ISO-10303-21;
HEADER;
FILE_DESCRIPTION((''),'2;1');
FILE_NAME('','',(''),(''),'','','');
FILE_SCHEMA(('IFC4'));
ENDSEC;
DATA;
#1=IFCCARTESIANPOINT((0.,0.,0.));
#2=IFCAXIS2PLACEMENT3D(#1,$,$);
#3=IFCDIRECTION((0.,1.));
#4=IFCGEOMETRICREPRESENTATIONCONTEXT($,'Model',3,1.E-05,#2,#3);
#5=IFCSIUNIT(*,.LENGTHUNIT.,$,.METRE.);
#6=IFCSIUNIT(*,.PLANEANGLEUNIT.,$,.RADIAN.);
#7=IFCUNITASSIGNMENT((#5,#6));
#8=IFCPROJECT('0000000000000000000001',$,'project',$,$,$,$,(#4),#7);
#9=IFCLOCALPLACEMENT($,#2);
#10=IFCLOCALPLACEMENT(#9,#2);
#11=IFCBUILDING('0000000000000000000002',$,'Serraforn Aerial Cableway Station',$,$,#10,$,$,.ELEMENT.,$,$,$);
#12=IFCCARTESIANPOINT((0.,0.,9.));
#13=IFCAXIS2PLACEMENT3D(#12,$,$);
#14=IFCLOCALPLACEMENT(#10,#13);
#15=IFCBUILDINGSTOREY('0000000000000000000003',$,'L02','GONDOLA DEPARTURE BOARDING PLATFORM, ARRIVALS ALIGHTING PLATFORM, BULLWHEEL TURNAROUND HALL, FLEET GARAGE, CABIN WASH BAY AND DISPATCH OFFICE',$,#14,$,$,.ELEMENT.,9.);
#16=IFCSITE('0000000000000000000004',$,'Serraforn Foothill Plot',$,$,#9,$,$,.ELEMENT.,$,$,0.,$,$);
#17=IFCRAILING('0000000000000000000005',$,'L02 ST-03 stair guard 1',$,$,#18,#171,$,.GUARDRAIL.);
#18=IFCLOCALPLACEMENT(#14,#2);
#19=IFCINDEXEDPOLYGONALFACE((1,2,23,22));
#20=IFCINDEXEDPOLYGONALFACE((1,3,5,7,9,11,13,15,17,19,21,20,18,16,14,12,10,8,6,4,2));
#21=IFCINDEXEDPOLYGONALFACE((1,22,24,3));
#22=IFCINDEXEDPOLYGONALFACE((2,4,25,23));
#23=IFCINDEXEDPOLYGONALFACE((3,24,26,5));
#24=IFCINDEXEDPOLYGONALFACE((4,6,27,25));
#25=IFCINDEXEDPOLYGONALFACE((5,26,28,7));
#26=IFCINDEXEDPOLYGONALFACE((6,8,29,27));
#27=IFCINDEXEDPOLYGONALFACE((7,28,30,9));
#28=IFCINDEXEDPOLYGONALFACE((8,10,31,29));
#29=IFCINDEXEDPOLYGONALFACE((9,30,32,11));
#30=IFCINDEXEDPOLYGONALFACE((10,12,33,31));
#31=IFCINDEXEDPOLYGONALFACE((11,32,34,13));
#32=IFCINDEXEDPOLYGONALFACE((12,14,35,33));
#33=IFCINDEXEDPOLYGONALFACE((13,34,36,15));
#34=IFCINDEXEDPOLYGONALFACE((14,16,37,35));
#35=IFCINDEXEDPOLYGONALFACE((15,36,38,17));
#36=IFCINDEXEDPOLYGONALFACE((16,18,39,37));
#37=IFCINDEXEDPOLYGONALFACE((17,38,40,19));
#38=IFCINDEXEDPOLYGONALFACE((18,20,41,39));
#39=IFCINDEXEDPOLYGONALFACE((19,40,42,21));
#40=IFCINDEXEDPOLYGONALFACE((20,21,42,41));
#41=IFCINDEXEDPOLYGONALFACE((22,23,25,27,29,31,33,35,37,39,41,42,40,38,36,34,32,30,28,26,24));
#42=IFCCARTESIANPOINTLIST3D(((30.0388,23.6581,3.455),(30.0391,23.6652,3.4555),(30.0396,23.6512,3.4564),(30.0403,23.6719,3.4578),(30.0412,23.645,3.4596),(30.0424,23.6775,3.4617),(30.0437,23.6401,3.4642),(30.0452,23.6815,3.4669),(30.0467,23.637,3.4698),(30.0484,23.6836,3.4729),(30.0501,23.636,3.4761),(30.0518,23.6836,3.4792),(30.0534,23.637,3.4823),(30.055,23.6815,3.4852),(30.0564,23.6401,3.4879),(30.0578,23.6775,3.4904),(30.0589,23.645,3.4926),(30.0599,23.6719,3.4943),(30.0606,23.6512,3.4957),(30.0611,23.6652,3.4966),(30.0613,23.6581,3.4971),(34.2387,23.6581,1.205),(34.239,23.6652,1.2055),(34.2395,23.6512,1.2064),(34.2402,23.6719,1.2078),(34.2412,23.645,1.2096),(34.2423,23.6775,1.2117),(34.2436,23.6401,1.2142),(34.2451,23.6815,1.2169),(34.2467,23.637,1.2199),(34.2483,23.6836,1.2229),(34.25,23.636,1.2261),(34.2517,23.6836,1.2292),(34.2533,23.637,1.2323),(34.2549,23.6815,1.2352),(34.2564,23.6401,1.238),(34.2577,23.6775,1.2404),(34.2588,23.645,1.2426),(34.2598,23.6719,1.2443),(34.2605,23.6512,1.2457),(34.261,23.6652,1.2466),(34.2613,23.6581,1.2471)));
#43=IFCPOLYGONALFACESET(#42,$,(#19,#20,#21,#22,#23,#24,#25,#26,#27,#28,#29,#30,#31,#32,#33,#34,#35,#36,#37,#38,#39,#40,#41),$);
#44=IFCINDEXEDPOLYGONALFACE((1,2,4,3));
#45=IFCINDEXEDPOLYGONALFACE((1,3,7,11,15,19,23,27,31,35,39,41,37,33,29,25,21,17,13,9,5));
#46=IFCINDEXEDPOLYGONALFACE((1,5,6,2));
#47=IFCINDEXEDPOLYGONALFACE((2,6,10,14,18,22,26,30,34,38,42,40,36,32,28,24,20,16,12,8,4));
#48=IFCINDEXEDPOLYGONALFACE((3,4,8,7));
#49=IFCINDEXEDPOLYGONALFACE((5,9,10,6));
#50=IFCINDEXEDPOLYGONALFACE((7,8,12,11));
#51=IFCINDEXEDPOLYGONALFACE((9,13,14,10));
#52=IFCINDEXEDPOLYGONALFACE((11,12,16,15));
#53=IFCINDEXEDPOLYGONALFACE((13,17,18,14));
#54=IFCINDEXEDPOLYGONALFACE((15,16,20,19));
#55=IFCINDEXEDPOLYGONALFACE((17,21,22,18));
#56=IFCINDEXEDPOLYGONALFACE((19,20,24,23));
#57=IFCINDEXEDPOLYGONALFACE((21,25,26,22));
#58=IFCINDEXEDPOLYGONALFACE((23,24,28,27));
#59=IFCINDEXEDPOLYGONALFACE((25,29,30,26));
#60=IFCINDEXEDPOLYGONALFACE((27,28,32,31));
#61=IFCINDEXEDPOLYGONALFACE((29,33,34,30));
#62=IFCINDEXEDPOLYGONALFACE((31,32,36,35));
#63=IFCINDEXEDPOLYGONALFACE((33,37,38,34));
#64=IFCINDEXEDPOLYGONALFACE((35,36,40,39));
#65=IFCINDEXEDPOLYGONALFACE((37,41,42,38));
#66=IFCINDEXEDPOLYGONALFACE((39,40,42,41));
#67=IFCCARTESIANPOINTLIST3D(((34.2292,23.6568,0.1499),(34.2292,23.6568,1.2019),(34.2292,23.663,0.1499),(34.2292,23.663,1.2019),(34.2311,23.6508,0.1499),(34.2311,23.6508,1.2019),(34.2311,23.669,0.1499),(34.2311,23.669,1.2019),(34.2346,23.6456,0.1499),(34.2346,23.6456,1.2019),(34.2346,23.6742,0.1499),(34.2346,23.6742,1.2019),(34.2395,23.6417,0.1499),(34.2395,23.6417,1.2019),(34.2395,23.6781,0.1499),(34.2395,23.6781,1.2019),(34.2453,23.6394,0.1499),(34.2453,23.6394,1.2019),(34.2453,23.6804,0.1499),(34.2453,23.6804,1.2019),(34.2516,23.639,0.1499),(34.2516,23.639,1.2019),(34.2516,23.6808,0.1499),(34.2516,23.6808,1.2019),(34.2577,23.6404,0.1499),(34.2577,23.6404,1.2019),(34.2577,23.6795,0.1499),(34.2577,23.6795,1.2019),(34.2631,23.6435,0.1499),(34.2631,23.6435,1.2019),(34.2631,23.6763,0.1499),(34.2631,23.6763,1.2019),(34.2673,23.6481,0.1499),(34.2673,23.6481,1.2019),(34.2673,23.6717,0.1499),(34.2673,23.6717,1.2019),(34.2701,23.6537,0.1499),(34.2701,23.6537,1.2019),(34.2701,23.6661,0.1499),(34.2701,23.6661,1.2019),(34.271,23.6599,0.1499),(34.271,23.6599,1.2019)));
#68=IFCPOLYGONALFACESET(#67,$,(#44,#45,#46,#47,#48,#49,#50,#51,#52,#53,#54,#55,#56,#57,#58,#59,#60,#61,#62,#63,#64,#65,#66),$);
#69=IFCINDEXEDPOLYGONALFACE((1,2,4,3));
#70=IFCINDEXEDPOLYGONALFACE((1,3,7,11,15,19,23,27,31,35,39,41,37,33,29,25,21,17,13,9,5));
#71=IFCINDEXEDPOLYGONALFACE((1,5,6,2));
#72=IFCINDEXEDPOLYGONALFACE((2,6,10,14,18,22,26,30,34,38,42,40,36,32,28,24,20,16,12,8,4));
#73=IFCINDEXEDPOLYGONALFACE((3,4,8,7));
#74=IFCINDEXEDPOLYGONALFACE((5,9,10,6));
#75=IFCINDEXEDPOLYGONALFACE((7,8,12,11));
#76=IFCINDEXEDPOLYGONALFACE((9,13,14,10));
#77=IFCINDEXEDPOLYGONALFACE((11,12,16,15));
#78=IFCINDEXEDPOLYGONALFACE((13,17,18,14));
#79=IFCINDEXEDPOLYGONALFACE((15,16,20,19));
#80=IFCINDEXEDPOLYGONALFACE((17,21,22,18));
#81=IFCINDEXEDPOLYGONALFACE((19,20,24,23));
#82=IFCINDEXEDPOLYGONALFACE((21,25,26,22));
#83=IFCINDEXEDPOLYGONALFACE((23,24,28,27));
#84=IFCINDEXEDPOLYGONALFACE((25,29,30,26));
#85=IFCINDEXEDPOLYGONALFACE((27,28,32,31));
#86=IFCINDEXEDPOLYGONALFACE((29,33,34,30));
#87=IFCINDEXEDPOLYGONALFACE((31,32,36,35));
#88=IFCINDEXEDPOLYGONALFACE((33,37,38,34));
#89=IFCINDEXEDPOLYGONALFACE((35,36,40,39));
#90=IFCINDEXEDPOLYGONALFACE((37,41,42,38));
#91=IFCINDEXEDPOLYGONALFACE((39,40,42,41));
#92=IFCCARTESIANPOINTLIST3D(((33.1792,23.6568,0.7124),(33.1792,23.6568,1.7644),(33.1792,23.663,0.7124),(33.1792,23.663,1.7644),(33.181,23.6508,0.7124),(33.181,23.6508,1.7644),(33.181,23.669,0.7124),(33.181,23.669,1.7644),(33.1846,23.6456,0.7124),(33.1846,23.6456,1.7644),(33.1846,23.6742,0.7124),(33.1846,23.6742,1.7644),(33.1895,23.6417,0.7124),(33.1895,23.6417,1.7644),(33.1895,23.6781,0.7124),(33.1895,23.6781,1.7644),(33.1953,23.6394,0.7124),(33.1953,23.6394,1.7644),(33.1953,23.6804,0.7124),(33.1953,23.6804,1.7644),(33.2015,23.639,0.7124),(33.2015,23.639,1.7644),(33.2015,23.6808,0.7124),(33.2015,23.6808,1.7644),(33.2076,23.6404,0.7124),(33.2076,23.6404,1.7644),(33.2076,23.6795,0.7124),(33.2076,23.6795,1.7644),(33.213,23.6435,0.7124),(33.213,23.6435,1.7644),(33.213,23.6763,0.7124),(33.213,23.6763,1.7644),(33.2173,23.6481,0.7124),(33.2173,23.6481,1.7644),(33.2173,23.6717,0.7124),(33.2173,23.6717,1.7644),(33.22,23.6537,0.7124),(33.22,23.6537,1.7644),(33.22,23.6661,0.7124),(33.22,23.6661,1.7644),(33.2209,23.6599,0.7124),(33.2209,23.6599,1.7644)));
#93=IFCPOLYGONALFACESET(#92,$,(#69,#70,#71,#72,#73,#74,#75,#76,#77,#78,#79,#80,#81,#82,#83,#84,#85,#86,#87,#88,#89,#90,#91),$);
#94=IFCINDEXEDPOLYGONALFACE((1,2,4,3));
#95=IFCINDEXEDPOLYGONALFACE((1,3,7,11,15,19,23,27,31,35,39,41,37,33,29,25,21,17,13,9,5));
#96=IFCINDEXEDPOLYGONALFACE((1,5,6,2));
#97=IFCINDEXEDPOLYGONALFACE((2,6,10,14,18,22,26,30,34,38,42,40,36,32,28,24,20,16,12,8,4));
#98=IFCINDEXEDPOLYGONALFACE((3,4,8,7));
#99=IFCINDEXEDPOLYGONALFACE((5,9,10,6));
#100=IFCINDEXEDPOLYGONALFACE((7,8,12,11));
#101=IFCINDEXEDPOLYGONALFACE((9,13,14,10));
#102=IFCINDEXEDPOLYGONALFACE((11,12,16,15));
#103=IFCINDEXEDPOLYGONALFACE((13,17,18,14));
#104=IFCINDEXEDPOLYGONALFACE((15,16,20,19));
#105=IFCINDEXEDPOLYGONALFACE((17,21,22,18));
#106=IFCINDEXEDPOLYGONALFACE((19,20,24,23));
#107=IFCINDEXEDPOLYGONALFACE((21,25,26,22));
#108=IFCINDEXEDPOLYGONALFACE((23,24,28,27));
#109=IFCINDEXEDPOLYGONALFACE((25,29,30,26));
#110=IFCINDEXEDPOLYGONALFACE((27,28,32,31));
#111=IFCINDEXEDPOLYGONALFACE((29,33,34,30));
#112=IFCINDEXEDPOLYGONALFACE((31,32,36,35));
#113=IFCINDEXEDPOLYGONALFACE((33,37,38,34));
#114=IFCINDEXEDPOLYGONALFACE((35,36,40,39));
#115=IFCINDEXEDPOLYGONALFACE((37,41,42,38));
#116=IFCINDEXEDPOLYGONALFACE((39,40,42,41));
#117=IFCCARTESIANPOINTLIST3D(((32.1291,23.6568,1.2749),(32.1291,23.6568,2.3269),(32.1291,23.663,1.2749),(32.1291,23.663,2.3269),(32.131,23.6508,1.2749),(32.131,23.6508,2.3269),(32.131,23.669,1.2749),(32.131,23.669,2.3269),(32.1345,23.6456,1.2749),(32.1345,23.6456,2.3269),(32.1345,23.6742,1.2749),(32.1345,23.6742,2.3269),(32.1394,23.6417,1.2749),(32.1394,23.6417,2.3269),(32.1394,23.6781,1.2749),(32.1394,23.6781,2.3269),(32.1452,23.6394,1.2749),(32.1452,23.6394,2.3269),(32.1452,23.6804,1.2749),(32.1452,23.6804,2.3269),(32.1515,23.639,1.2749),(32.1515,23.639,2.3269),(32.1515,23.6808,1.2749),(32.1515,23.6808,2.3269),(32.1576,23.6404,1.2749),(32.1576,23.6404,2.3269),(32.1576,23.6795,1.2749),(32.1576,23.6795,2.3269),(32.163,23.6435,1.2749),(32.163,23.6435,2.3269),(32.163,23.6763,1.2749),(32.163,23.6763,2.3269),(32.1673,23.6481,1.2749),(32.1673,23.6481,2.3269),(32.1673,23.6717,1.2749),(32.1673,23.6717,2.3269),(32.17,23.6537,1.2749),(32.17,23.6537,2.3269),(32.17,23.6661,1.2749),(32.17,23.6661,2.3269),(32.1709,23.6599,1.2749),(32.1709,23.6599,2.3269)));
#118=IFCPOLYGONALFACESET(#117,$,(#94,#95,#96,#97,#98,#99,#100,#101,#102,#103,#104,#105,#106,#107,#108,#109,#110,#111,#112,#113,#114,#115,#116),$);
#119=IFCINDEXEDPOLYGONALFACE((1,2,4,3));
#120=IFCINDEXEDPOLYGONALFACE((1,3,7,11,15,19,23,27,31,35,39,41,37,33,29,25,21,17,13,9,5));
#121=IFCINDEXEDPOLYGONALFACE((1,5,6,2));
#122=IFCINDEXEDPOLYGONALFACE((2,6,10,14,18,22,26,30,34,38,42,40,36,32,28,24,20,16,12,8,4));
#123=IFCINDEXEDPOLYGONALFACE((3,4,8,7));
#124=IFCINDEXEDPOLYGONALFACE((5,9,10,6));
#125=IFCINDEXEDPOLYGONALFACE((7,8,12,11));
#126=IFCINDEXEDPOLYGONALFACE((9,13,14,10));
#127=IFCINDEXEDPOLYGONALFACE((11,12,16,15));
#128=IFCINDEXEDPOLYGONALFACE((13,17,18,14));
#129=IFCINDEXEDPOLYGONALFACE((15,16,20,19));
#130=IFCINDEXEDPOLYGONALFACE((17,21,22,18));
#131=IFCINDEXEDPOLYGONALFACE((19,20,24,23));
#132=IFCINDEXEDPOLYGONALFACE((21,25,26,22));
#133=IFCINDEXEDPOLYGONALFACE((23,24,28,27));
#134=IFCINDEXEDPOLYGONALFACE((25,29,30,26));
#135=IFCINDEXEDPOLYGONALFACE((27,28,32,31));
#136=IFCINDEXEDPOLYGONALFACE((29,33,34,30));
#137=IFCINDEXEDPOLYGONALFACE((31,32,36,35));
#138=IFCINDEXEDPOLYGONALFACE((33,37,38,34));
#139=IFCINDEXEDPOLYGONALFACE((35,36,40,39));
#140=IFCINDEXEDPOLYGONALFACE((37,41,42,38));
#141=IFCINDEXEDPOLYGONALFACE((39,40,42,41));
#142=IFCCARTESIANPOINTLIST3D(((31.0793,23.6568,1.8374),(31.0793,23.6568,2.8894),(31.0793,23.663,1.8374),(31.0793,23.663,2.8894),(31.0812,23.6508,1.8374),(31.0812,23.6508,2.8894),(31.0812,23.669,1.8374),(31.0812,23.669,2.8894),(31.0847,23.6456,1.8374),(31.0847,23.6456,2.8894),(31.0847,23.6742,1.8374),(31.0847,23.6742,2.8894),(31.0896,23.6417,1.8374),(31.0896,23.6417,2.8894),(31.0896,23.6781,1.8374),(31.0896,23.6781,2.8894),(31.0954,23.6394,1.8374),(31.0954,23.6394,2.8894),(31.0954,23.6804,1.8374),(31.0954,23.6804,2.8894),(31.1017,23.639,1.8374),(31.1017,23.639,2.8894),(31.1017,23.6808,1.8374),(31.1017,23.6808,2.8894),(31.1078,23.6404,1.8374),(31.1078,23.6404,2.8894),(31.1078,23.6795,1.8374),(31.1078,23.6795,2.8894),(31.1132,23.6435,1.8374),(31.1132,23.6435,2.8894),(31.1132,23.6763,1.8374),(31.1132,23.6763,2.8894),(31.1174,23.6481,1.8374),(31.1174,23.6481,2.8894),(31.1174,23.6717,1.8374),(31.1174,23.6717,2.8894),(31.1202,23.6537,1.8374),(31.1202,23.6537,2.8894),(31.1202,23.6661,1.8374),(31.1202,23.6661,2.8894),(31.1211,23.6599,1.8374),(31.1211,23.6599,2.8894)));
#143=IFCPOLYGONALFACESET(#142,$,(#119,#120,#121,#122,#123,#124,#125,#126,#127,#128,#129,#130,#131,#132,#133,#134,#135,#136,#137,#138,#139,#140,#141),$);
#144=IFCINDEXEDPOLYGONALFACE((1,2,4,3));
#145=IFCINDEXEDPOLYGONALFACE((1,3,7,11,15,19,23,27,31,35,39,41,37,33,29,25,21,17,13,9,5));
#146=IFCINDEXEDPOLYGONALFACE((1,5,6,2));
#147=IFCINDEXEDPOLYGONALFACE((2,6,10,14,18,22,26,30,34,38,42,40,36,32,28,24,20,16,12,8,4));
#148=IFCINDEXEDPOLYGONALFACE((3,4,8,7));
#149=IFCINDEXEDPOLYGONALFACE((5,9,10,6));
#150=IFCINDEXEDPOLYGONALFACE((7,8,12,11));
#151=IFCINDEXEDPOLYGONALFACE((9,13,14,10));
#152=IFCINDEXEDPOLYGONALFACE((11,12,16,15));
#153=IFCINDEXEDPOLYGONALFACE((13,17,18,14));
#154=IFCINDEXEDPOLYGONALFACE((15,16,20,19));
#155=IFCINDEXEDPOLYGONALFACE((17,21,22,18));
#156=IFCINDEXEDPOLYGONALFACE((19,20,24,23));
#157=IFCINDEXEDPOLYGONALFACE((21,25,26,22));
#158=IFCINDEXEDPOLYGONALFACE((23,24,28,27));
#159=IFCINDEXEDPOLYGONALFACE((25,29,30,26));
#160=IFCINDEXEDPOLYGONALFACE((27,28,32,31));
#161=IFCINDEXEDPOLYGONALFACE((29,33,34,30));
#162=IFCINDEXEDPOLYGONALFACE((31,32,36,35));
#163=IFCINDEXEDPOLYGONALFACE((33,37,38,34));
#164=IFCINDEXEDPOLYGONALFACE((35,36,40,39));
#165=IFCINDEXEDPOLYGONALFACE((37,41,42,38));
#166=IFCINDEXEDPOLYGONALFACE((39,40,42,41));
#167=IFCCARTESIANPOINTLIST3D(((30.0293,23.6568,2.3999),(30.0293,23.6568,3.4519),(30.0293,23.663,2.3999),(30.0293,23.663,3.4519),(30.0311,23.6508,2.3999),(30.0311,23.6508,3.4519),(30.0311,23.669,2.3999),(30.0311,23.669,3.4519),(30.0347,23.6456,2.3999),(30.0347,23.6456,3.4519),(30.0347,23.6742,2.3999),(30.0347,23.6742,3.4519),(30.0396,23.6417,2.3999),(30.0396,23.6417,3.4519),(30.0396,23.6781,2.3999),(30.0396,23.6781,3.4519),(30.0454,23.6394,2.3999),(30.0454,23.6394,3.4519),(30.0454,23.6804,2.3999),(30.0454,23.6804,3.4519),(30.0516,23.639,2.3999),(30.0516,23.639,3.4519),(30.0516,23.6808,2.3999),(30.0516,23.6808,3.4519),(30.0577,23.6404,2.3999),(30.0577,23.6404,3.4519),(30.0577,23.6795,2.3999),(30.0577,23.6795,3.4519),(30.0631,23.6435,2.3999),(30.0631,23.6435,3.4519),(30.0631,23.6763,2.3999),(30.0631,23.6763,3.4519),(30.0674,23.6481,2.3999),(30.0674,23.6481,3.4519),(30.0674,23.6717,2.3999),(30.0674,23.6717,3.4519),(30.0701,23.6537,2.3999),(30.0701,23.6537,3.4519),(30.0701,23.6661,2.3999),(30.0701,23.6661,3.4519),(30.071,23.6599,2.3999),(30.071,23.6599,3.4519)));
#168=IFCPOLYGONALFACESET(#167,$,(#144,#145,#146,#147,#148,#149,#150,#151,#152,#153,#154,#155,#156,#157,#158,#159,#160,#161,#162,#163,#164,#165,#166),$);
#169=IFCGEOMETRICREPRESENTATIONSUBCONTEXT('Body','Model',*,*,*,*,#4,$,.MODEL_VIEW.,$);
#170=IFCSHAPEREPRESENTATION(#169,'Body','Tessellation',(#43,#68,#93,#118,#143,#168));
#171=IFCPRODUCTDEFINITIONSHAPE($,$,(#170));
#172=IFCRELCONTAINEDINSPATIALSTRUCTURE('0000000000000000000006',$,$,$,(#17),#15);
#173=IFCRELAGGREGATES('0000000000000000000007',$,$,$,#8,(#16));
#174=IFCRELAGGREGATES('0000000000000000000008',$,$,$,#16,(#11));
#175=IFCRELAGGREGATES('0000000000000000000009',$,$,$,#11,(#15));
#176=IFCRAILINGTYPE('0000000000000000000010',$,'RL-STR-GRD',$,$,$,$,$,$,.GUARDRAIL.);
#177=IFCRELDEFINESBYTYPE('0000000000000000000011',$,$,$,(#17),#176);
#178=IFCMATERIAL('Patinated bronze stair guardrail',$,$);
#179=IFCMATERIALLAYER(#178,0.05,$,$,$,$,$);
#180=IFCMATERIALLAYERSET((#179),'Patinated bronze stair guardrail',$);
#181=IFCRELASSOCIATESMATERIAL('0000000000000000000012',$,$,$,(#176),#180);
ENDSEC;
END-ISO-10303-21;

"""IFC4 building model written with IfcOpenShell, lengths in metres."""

from ifc_helpers import new_model, si_unit, direction, frame, origin, origin_2d, place, context, subcontext, project, spatial, circle, extrude, material, layer, layer_set, type_object, element, save


model = new_model("IFC4")

# Units and contexts
model_context = context("Model", 3, precision=1e-05, world=origin(), true_north=direction((0.0, 1.0)))
body_context = subcontext(model_context, "Body", "Model", "MODEL_VIEW")
ifc_project = project(units=[si_unit("LENGTHUNIT", "METRE"), si_unit("PLANEANGLEUNIT", "RADIAN")], contexts=[model_context])

# Site, building, storey
site_placement = place(None, origin())
site = spatial("IfcSite", under=ifc_project, at=site_placement, Name="Serraforn Foothill Plot", CompositionType="ELEMENT", RefElevation=0.0)
building_placement = place(site_placement, origin())
building = spatial("IfcBuilding", under=site, at=building_placement, Name="Serraforn Aerial Cableway Station", CompositionType="ELEMENT")
storey_placement = place(building_placement, frame((0.0, 0.0, 9.0)))
storey = spatial("IfcBuildingStorey", under=building, at=storey_placement, Name="L02", Description="GONDOLA DEPARTURE BOARDING PLATFORM, ARRIVALS ALIGHTING PLATFORM, BULLWHEEL TURNAROUND HALL, FLEET GARAGE, CABIN WASH BAY AND DISPATCH OFFICE", CompositionType="ELEMENT", Elevation=9.0)

# Railing
ifc_material_1 = material(Name="Patinated bronze stair guardrail")
ifc_layer_1 = layer(ifc_material_1, 0.05)
ifc_layer_set_1 = layer_set([ifc_layer_1], Name="Patinated bronze stair guardrail")
railing_type_1 = type_object("IfcRailingType", Name="RL-STR-GRD", PredefinedType="GUARDRAIL", material=ifc_layer_set_1)
railing_1_placement = place(storey_placement, frame((34.25, 23.6599, 0.1499)))
element("IfcRailing", 1, at=railing_1_placement, inside=storey, type_object=railing_type_1, Name="L02 ST-03 stair guard 1", PredefinedType="GUARDRAIL", context=body_context, shape_type="SweptSolid", body=[
    extrude(circle(Radius=0.0239, at=origin_2d()), frame((0.0, 0.0, 1.0762), z_axis=(-0.881478, 0.0, 0.472226), x_axis=(0.0, -1.0, 0.0)), (0.0, 0.0, 1.0), 4.7646),
    extrude(circle(Radius=0.021, at=origin_2d()), origin(), (0.0, 0.0, 1.0), 1.052),
    extrude(circle(Radius=0.021, at=origin_2d()), frame((-1.05, 0.0, 0.5625)), (0.0, 0.0, 1.0), 1.052),
    extrude(circle(Radius=0.021, at=origin_2d()), frame((-2.1001, 0.0, 1.125)), (0.0, 0.0, 1.0), 1.052),
    extrude(circle(Radius=0.021, at=origin_2d()), frame((-3.1499, 0.0, 1.6875)), (0.0, 0.0, 1.0), 1.052),
    extrude(circle(Radius=0.021, at=origin_2d()), frame((-4.2, 0.0, 2.25)), (0.0, 0.0, 1.0), 1.052),
])

save(model, "model.ifc")
